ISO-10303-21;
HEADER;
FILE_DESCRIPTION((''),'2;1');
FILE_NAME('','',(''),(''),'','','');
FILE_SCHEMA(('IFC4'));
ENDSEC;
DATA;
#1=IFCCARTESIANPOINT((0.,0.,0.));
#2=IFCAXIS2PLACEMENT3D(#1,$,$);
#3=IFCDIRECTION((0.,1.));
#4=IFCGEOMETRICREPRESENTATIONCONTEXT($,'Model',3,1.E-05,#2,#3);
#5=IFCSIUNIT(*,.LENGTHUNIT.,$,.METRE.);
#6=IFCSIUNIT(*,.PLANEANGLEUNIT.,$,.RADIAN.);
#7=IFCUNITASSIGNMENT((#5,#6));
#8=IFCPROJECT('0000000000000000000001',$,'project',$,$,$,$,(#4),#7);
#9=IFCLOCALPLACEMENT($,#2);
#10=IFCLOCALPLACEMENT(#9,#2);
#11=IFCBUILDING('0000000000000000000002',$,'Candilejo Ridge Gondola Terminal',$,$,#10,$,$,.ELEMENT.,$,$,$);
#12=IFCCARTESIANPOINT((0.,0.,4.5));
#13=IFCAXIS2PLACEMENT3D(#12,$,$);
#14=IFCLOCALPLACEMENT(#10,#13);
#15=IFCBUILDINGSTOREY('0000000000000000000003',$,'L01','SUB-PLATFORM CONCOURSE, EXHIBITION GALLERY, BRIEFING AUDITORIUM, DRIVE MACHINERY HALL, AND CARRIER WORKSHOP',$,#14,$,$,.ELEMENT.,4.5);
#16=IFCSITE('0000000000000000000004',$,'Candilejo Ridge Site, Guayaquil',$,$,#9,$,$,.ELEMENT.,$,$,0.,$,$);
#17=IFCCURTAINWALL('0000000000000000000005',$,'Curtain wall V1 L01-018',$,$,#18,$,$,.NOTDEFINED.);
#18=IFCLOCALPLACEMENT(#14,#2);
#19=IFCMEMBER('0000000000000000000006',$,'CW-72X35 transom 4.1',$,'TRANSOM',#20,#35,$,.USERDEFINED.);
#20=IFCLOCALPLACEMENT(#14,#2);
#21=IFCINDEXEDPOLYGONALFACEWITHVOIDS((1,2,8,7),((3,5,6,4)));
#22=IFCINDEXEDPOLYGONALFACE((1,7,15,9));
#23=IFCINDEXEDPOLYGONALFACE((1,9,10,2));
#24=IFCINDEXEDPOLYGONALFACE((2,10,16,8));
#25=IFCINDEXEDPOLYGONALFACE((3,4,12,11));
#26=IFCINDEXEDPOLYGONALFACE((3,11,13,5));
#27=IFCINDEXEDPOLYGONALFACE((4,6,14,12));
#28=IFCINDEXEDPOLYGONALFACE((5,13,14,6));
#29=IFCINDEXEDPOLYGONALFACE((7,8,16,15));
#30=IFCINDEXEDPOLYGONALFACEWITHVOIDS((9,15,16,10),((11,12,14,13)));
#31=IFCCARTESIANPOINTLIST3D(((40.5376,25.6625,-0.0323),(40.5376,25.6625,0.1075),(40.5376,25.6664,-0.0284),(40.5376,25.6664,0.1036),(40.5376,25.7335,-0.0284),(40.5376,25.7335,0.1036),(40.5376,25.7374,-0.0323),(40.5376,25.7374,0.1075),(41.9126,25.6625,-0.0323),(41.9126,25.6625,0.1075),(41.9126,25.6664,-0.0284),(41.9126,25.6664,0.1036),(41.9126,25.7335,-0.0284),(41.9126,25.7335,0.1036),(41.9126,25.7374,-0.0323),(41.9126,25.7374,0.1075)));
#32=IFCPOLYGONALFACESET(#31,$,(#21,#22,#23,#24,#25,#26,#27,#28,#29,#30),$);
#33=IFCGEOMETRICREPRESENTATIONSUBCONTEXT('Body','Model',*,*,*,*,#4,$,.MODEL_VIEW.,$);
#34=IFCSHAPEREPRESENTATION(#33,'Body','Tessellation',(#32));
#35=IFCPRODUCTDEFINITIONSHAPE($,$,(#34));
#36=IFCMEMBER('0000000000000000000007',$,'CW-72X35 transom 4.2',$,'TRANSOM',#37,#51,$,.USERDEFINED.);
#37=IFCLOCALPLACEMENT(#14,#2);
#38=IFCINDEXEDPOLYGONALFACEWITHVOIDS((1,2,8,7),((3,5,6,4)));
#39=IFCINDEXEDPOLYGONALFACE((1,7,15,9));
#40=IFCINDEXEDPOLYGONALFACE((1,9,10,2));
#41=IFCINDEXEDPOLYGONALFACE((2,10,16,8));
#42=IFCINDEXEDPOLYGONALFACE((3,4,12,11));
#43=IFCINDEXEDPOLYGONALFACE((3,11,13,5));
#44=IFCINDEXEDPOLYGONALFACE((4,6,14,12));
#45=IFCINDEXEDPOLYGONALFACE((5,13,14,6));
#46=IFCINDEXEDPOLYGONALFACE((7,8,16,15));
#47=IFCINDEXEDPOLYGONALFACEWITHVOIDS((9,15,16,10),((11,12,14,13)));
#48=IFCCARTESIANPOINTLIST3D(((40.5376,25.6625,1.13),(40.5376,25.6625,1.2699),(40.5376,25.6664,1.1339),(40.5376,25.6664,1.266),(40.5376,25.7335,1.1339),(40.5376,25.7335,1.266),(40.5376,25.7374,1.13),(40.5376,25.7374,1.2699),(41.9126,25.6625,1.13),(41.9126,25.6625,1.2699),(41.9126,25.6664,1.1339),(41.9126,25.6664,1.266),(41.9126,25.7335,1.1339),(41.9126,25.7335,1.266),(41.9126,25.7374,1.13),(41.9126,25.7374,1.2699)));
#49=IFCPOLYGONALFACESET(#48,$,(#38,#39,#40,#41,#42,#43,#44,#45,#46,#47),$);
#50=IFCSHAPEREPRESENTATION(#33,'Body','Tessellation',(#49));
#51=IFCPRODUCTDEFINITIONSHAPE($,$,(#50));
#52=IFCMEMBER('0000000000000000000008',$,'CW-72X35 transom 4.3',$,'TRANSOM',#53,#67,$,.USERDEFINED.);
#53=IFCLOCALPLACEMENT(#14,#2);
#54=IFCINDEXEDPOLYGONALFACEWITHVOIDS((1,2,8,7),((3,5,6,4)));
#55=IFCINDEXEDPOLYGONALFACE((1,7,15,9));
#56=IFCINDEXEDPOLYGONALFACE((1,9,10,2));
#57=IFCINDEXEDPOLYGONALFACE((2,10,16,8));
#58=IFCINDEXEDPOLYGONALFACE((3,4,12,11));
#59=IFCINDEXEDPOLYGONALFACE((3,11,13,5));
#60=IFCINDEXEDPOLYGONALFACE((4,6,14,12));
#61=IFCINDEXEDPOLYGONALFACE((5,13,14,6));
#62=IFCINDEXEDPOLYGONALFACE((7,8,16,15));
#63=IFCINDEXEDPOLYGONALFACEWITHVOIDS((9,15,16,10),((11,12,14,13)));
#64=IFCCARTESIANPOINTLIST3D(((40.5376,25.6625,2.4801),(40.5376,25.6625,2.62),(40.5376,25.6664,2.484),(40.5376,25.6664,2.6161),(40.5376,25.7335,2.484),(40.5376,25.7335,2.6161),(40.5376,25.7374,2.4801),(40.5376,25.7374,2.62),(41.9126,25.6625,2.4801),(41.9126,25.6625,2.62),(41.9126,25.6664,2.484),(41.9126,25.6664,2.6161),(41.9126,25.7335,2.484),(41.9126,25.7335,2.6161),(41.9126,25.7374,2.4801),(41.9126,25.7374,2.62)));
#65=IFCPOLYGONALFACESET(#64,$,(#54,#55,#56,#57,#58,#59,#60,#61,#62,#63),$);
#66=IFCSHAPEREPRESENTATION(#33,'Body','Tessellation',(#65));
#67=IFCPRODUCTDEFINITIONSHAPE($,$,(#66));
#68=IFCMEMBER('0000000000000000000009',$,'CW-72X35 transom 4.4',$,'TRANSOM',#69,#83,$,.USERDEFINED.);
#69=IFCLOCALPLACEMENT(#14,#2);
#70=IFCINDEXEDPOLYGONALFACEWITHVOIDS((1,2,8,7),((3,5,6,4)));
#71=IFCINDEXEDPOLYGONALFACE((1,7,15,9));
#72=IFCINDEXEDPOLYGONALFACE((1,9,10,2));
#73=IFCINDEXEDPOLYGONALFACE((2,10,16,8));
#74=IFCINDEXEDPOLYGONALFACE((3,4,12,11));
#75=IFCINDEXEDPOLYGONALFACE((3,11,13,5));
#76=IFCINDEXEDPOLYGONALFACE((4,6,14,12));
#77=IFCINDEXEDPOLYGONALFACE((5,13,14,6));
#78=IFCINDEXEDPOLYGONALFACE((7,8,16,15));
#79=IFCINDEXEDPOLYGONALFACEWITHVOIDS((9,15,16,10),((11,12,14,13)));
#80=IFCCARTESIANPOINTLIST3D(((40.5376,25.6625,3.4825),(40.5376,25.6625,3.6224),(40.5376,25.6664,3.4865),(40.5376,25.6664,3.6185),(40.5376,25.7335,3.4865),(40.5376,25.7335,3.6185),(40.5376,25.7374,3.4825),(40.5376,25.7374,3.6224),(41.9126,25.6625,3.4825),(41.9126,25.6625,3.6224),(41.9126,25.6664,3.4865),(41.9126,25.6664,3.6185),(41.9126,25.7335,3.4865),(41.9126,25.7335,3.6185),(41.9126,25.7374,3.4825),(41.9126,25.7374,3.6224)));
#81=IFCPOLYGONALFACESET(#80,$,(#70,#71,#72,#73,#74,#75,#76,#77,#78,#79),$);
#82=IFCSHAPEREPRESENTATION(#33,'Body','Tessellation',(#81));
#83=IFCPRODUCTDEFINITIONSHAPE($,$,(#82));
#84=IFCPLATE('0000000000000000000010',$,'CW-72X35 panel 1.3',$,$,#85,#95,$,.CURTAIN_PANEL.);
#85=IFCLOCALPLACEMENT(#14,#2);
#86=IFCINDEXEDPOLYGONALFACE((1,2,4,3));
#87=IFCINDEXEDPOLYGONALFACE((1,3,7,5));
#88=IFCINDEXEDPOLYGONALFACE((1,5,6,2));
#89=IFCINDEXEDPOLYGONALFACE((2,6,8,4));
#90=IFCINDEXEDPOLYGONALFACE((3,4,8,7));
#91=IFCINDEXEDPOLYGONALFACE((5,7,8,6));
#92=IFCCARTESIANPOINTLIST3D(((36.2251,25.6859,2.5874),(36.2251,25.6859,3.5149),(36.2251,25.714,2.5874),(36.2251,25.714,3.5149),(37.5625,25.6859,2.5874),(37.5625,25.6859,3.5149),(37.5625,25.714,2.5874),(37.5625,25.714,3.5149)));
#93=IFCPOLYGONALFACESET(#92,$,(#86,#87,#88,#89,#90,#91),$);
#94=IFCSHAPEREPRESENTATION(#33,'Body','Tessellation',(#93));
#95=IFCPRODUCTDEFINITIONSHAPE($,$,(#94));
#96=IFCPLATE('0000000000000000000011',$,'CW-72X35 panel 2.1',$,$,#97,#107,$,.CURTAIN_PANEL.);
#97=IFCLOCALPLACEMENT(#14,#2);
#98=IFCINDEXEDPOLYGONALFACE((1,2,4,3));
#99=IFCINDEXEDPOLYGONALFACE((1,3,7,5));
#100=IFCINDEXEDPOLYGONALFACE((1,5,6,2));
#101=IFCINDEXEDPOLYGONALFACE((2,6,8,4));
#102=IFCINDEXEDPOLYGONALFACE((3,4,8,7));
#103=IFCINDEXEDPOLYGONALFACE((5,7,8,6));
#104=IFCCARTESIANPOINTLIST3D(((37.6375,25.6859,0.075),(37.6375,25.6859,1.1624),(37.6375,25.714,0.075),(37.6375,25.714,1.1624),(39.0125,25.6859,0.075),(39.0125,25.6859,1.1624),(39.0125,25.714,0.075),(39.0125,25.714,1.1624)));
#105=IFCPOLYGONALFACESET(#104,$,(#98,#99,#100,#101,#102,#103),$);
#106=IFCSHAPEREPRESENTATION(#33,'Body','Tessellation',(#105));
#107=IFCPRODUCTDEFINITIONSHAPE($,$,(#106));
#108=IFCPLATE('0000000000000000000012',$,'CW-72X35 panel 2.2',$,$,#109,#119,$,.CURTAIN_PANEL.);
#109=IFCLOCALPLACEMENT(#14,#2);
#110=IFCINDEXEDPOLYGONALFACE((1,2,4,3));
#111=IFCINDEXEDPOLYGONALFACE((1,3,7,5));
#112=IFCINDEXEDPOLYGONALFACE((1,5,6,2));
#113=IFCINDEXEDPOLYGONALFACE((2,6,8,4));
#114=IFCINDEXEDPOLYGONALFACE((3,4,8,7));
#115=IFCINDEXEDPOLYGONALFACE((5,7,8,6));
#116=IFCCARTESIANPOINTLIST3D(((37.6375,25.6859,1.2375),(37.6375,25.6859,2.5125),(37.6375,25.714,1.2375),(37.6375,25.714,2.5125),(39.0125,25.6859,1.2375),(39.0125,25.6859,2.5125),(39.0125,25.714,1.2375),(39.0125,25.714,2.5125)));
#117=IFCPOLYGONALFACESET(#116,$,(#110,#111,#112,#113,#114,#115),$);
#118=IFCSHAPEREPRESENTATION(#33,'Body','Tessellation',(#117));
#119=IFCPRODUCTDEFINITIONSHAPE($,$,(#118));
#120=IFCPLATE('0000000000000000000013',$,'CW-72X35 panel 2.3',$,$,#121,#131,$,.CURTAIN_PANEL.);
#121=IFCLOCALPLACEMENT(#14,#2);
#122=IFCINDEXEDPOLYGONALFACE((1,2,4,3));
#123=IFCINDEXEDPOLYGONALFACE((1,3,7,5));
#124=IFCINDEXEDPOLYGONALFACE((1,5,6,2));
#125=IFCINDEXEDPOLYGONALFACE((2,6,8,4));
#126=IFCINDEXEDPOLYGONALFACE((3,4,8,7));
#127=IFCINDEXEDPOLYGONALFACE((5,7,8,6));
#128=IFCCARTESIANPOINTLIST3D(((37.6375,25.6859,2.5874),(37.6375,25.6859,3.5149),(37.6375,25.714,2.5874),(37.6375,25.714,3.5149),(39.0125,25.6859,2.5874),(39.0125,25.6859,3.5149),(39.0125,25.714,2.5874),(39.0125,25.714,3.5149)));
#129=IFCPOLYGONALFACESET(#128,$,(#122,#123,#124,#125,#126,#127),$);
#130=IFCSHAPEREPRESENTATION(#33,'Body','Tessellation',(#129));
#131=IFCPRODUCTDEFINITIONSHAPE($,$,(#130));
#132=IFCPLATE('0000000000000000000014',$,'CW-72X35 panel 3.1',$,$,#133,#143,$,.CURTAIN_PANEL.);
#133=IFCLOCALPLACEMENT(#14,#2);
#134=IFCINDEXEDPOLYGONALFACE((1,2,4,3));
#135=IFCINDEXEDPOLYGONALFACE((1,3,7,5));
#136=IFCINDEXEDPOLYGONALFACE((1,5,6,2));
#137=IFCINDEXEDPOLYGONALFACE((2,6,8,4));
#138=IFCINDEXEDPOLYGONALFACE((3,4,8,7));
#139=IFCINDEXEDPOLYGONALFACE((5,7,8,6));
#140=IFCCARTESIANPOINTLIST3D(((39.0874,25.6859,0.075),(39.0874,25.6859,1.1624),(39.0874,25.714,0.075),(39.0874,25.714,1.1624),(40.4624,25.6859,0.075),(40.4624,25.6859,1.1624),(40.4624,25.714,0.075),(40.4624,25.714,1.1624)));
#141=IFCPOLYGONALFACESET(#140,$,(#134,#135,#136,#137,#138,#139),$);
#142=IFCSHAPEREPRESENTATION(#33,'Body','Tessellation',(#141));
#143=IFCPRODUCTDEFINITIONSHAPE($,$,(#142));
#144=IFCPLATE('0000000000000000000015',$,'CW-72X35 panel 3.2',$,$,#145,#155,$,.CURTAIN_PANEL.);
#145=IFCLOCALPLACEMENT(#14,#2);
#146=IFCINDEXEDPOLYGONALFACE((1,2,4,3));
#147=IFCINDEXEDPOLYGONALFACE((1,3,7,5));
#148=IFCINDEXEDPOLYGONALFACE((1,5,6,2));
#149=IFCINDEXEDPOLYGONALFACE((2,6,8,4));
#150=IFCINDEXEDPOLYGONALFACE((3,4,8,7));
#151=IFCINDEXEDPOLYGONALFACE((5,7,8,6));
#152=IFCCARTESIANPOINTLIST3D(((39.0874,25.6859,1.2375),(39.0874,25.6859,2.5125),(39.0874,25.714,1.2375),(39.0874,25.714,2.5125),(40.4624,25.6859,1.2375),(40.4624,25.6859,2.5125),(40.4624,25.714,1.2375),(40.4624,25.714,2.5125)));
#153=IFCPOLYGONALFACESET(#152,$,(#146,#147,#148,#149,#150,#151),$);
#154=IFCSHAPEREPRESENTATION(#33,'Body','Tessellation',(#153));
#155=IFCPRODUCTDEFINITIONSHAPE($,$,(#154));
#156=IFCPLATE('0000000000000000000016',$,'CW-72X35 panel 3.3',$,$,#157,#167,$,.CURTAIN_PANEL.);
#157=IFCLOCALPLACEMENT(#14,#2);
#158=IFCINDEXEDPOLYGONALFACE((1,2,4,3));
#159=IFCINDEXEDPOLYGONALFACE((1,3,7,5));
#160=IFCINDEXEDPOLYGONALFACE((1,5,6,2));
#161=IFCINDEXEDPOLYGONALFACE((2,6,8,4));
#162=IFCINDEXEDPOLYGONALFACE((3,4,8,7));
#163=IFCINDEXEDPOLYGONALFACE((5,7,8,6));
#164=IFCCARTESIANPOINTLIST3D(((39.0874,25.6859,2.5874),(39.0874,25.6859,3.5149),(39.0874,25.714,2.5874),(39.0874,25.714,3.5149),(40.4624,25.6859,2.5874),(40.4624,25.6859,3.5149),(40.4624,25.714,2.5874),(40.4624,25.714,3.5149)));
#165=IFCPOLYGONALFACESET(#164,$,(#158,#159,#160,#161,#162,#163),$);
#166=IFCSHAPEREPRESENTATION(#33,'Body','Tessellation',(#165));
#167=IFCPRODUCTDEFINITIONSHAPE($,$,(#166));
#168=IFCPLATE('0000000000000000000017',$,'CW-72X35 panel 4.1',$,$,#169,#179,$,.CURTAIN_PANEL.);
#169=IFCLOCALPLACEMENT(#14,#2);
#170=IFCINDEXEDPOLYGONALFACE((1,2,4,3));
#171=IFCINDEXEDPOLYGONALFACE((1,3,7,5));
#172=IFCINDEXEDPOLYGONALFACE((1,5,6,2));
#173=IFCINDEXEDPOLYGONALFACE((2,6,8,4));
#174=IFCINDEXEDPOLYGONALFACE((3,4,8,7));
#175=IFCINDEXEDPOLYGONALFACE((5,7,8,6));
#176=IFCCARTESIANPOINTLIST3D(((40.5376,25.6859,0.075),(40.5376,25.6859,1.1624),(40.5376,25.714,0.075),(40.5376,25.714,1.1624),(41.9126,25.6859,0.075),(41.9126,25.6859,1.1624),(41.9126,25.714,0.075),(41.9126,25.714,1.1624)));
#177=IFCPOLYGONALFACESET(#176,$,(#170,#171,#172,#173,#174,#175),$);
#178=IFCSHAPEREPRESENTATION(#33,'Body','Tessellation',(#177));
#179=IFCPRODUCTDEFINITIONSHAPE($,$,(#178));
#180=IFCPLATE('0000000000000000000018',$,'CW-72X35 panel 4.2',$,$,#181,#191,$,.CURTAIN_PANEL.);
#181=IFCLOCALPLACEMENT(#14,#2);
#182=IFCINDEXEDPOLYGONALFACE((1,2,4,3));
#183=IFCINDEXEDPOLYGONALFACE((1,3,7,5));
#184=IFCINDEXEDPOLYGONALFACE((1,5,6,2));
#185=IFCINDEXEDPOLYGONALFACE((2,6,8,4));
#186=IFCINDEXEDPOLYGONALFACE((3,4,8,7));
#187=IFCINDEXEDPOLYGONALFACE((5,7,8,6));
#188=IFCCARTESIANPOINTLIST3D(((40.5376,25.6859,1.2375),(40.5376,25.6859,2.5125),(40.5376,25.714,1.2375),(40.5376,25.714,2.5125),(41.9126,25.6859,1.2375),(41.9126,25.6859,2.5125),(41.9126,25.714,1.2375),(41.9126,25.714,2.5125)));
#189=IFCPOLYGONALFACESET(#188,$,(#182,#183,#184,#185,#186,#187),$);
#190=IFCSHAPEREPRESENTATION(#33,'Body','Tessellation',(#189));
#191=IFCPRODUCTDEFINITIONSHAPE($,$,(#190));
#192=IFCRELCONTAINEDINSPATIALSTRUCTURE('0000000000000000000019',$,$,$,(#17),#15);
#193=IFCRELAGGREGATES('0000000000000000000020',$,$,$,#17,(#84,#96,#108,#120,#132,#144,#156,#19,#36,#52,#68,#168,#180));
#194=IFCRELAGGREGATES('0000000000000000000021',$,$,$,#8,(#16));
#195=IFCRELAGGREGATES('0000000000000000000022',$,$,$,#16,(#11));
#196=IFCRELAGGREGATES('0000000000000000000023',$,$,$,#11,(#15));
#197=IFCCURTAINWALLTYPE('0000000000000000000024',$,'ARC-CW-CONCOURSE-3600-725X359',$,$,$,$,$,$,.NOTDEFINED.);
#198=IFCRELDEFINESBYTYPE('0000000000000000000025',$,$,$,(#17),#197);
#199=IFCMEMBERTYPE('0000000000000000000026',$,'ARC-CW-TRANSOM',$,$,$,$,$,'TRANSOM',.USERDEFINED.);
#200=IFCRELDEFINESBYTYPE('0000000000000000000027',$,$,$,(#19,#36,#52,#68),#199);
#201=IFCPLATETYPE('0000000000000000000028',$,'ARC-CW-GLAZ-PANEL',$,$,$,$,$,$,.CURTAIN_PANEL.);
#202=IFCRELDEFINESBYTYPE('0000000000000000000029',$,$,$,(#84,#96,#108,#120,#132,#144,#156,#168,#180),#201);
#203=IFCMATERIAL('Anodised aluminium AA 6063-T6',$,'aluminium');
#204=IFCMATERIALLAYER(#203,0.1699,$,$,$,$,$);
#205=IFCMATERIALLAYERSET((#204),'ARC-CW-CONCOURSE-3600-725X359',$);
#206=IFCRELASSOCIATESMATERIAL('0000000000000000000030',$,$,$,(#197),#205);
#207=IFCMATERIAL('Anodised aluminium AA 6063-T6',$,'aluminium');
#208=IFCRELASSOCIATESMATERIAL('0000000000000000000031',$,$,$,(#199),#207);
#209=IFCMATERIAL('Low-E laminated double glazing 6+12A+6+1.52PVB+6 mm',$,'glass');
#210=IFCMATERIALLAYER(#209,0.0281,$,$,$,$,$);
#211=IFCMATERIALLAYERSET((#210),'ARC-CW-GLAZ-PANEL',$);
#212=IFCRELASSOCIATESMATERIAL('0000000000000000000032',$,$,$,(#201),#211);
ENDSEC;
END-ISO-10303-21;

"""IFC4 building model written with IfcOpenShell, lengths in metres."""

from ifc_helpers import new_model, si_unit, direction, frame, origin, origin_2d, place, context, subcontext, project, spatial, rectangle, hollow_rectangle, extrude, material, layer, layer_set, material_profile, profile_set, type_object, element, aggregate, save


model = new_model("IFC4")

# Units and contexts
model_context = context("Model", 3, precision=1e-05, world=origin(), true_north=direction((0.0, 1.0)))
body_context = subcontext(model_context, "Body", "Model", "MODEL_VIEW")
ifc_project = project(units=[si_unit("LENGTHUNIT", "METRE"), si_unit("PLANEANGLEUNIT", "RADIAN")], contexts=[model_context])

# Site, building, storey
site_placement = place(None, origin())
site = spatial("IfcSite", under=ifc_project, at=site_placement, Name="Candilejo Ridge Site, Guayaquil", CompositionType="ELEMENT", RefElevation=0.0)
building_placement = place(site_placement, origin())
building = spatial("IfcBuilding", under=site, at=building_placement, Name="Candilejo Ridge Gondola Terminal", CompositionType="ELEMENT")
storey_placement = place(building_placement, frame((0.0, 0.0, 4.5)))
storey = spatial("IfcBuildingStorey", under=building, at=storey_placement, Name="L01", Description="SUB-PLATFORM CONCOURSE, EXHIBITION GALLERY, BRIEFING AUDITORIUM, DRIVE MACHINERY HALL, AND CARRIER WORKSHOP", CompositionType="ELEMENT", Elevation=4.5)

# Curtain wall, members, plates
ifc_material_1 = material(Name="Anodised aluminium AA 6063-T6", Category="aluminium")
ifc_layer_1 = layer(ifc_material_1, 0.1699)
ifc_layer_set_1 = layer_set([ifc_layer_1], Name="ARC-CW-CONCOURSE-3600-725X359")
curtain_wall_type = type_object("IfcCurtainWallType", Name="ARC-CW-CONCOURSE-3600-725X359", PredefinedType="NOTDEFINED", material=ifc_layer_set_1)
curtain_wall_placement = place(storey_placement, origin())
curtain_wall = element("IfcCurtainWall", 1, at=curtain_wall_placement, inside=storey, type_object=curtain_wall_type, Name="Curtain wall V1 L01-018", PredefinedType="NOTDEFINED")
ifc_material_2 = material(Name="Anodised aluminium AA 6063-T6", Category="aluminium")
ifc_material_profile_1 = material_profile(ifc_material_2, hollow_rectangle(XDim=0.075, YDim=0.1399, WallThickness=0.0039, at=origin_2d()))
ifc_profile_set_1 = profile_set([ifc_material_profile_1], Name="Anodised aluminium AA 6063-T6")
member_type_1 = type_object("IfcMemberType", Name="ARC-CW-TRANSOM", ElementType="TRANSOM", PredefinedType="USERDEFINED", material=ifc_profile_set_1)
member_1_placement = place(storey_placement, frame((40.5376, 25.7, 0.0376), z_axis=(1.0, 0.0, 0.0), x_axis=(0.0, 1.0, 0.0)))
member_1 = element("IfcMember", 2, at=member_1_placement, type_object=member_type_1, Name="CW-72X35 transom 4.1", ObjectType="TRANSOM", PredefinedType="USERDEFINED", context=body_context, shape_type="SweptSolid", body=[
    extrude(hollow_rectangle(XDim=0.075, YDim=0.1399, WallThickness=0.0039, at=origin_2d()), origin(), (0.0, 0.0, 1.0), 1.375),
])
member_2_placement = place(storey_placement, frame((40.5376, 25.7, 1.2), z_axis=(1.0, 0.0, 0.0), x_axis=(0.0, 1.0, 0.0)))
member_2 = element("IfcMember", 3, at=member_2_placement, type_object=member_type_1, Name="CW-72X35 transom 4.2", ObjectType="TRANSOM", PredefinedType="USERDEFINED", context=body_context, shape_type="SweptSolid", body=[
    extrude(hollow_rectangle(XDim=0.075, YDim=0.1399, WallThickness=0.0039, at=origin_2d()), origin(), (0.0, 0.0, 1.0), 1.375),
])
member_3_placement = place(storey_placement, frame((40.5376, 25.7, 2.55), z_axis=(1.0, 0.0, 0.0), x_axis=(0.0, 1.0, 0.0)))
member_3 = element("IfcMember", 4, at=member_3_placement, type_object=member_type_1, Name="CW-72X35 transom 4.3", ObjectType="TRANSOM", PredefinedType="USERDEFINED", context=body_context, shape_type="SweptSolid", body=[
    extrude(hollow_rectangle(XDim=0.075, YDim=0.1399, WallThickness=0.0039, at=origin_2d()), origin(), (0.0, 0.0, 1.0), 1.375),
])
member_4_placement = place(storey_placement, frame((40.5376, 25.7, 3.5525), z_axis=(1.0, 0.0, 0.0), x_axis=(0.0, 1.0, 0.0)))
member_4 = element("IfcMember", 5, at=member_4_placement, type_object=member_type_1, Name="CW-72X35 transom 4.4", ObjectType="TRANSOM", PredefinedType="USERDEFINED", context=body_context, shape_type="SweptSolid", body=[
    extrude(hollow_rectangle(XDim=0.075, YDim=0.1399, WallThickness=0.0039, at=origin_2d()), origin(), (0.0, 0.0, 1.0), 1.375),
])
ifc_material_3 = material(Name="Low-E laminated double glazing 6+12A+6+1.52PVB+6 mm", Category="glass")
ifc_layer_2 = layer(ifc_material_3, 0.0281)
ifc_layer_set_2 = layer_set([ifc_layer_2], Name="ARC-CW-GLAZ-PANEL")
plate_type = type_object("IfcPlateType", Name="ARC-CW-GLAZ-PANEL", PredefinedType="CURTAIN_PANEL", material=ifc_layer_set_2)
plate_1_placement = place(storey_placement, frame((36.8938, 25.7, 2.5874), z_axis=(0.0, 0.0, 1.0), x_axis=(1.0, 0.0, 0.0)))
plate_1 = element("IfcPlate", 6, at=plate_1_placement, type_object=plate_type, Name="CW-72X35 panel 1.3", PredefinedType="CURTAIN_PANEL", context=body_context, shape_type="SweptSolid", body=[
    extrude(rectangle(XDim=1.3374, YDim=0.0281, at=origin_2d()), origin(), (0.0, 0.0, 1.0), 0.9275),
])
plate_2_placement = place(storey_placement, frame((38.325, 25.7, 0.075), z_axis=(0.0, 0.0, 1.0), x_axis=(1.0, 0.0, 0.0)))
plate_2 = element("IfcPlate", 7, at=plate_2_placement, type_object=plate_type, Name="CW-72X35 panel 2.1", PredefinedType="CURTAIN_PANEL", context=body_context, shape_type="SweptSolid", body=[
    extrude(rectangle(XDim=1.375, YDim=0.0281, at=origin_2d()), origin(), (0.0, 0.0, 1.0), 1.0874),
])
plate_3_placement = place(storey_placement, frame((38.325, 25.7, 1.2375), z_axis=(0.0, 0.0, 1.0), x_axis=(1.0, 0.0, 0.0)))
plate_3 = element("IfcPlate", 8, at=plate_3_placement, type_object=plate_type, Name="CW-72X35 panel 2.2", PredefinedType="CURTAIN_PANEL", context=body_context, shape_type="SweptSolid", body=[
    extrude(rectangle(XDim=1.375, YDim=0.0281, at=origin_2d()), origin(), (0.0, 0.0, 1.0), 1.2749),
])
plate_4_placement = place(storey_placement, frame((38.325, 25.7, 2.5874), z_axis=(0.0, 0.0, 1.0), x_axis=(1.0, 0.0, 0.0)))
plate_4 = element("IfcPlate", 9, at=plate_4_placement, type_object=plate_type, Name="CW-72X35 panel 2.3", PredefinedType="CURTAIN_PANEL", context=body_context, shape_type="SweptSolid", body=[
    extrude(rectangle(XDim=1.375, YDim=0.0281, at=origin_2d()), origin(), (0.0, 0.0, 1.0), 0.9275),
])
plate_5_placement = place(storey_placement, frame((39.7749, 25.7, 0.075), z_axis=(0.0, 0.0, 1.0), x_axis=(1.0, 0.0, 0.0)))
plate_5 = element("IfcPlate", 10, at=plate_5_placement, type_object=plate_type, Name="CW-72X35 panel 3.1", PredefinedType="CURTAIN_PANEL", context=body_context, shape_type="SweptSolid", body=[
    extrude(rectangle(XDim=1.375, YDim=0.0281, at=origin_2d()), origin(), (0.0, 0.0, 1.0), 1.0874),
])
plate_6_placement = place(storey_placement, frame((39.7749, 25.7, 1.2375), z_axis=(0.0, 0.0, 1.0), x_axis=(1.0, 0.0, 0.0)))
plate_6 = element("IfcPlate", 11, at=plate_6_placement, type_object=plate_type, Name="CW-72X35 panel 3.2", PredefinedType="CURTAIN_PANEL", context=body_context, shape_type="SweptSolid", body=[
    extrude(rectangle(XDim=1.375, YDim=0.0281, at=origin_2d()), origin(), (0.0, 0.0, 1.0), 1.2749),
])
plate_7_placement = place(storey_placement, frame((39.7749, 25.7, 2.5874), z_axis=(0.0, 0.0, 1.0), x_axis=(1.0, 0.0, 0.0)))
plate_7 = element("IfcPlate", 12, at=plate_7_placement, type_object=plate_type, Name="CW-72X35 panel 3.3", PredefinedType="CURTAIN_PANEL", context=body_context, shape_type="SweptSolid", body=[
    extrude(rectangle(XDim=1.375, YDim=0.0281, at=origin_2d()), origin(), (0.0, 0.0, 1.0), 0.9275),
])
plate_8_placement = place(storey_placement, frame((41.2251, 25.7, 0.075), z_axis=(0.0, 0.0, 1.0), x_axis=(1.0, 0.0, 0.0)))
plate_8 = element("IfcPlate", 13, at=plate_8_placement, type_object=plate_type, Name="CW-72X35 panel 4.1", PredefinedType="CURTAIN_PANEL", context=body_context, shape_type="SweptSolid", body=[
    extrude(rectangle(XDim=1.375, YDim=0.0281, at=origin_2d()), origin(), (0.0, 0.0, 1.0), 1.0874),
])
plate_9_placement = place(storey_placement, frame((41.2251, 25.7, 1.2375), z_axis=(0.0, 0.0, 1.0), x_axis=(1.0, 0.0, 0.0)))
plate_9 = element("IfcPlate", 14, at=plate_9_placement, type_object=plate_type, Name="CW-72X35 panel 4.2", PredefinedType="CURTAIN_PANEL", context=body_context, shape_type="SweptSolid", body=[
    extrude(rectangle(XDim=1.375, YDim=0.0281, at=origin_2d()), origin(), (0.0, 0.0, 1.0), 1.2749),
])
aggregate(curtain_wall, [plate_1, plate_2, plate_3, plate_4, plate_5, plate_6, plate_7, member_1, member_2, member_3, member_4, plate_8, plate_9])

save(model, "model.ifc")
